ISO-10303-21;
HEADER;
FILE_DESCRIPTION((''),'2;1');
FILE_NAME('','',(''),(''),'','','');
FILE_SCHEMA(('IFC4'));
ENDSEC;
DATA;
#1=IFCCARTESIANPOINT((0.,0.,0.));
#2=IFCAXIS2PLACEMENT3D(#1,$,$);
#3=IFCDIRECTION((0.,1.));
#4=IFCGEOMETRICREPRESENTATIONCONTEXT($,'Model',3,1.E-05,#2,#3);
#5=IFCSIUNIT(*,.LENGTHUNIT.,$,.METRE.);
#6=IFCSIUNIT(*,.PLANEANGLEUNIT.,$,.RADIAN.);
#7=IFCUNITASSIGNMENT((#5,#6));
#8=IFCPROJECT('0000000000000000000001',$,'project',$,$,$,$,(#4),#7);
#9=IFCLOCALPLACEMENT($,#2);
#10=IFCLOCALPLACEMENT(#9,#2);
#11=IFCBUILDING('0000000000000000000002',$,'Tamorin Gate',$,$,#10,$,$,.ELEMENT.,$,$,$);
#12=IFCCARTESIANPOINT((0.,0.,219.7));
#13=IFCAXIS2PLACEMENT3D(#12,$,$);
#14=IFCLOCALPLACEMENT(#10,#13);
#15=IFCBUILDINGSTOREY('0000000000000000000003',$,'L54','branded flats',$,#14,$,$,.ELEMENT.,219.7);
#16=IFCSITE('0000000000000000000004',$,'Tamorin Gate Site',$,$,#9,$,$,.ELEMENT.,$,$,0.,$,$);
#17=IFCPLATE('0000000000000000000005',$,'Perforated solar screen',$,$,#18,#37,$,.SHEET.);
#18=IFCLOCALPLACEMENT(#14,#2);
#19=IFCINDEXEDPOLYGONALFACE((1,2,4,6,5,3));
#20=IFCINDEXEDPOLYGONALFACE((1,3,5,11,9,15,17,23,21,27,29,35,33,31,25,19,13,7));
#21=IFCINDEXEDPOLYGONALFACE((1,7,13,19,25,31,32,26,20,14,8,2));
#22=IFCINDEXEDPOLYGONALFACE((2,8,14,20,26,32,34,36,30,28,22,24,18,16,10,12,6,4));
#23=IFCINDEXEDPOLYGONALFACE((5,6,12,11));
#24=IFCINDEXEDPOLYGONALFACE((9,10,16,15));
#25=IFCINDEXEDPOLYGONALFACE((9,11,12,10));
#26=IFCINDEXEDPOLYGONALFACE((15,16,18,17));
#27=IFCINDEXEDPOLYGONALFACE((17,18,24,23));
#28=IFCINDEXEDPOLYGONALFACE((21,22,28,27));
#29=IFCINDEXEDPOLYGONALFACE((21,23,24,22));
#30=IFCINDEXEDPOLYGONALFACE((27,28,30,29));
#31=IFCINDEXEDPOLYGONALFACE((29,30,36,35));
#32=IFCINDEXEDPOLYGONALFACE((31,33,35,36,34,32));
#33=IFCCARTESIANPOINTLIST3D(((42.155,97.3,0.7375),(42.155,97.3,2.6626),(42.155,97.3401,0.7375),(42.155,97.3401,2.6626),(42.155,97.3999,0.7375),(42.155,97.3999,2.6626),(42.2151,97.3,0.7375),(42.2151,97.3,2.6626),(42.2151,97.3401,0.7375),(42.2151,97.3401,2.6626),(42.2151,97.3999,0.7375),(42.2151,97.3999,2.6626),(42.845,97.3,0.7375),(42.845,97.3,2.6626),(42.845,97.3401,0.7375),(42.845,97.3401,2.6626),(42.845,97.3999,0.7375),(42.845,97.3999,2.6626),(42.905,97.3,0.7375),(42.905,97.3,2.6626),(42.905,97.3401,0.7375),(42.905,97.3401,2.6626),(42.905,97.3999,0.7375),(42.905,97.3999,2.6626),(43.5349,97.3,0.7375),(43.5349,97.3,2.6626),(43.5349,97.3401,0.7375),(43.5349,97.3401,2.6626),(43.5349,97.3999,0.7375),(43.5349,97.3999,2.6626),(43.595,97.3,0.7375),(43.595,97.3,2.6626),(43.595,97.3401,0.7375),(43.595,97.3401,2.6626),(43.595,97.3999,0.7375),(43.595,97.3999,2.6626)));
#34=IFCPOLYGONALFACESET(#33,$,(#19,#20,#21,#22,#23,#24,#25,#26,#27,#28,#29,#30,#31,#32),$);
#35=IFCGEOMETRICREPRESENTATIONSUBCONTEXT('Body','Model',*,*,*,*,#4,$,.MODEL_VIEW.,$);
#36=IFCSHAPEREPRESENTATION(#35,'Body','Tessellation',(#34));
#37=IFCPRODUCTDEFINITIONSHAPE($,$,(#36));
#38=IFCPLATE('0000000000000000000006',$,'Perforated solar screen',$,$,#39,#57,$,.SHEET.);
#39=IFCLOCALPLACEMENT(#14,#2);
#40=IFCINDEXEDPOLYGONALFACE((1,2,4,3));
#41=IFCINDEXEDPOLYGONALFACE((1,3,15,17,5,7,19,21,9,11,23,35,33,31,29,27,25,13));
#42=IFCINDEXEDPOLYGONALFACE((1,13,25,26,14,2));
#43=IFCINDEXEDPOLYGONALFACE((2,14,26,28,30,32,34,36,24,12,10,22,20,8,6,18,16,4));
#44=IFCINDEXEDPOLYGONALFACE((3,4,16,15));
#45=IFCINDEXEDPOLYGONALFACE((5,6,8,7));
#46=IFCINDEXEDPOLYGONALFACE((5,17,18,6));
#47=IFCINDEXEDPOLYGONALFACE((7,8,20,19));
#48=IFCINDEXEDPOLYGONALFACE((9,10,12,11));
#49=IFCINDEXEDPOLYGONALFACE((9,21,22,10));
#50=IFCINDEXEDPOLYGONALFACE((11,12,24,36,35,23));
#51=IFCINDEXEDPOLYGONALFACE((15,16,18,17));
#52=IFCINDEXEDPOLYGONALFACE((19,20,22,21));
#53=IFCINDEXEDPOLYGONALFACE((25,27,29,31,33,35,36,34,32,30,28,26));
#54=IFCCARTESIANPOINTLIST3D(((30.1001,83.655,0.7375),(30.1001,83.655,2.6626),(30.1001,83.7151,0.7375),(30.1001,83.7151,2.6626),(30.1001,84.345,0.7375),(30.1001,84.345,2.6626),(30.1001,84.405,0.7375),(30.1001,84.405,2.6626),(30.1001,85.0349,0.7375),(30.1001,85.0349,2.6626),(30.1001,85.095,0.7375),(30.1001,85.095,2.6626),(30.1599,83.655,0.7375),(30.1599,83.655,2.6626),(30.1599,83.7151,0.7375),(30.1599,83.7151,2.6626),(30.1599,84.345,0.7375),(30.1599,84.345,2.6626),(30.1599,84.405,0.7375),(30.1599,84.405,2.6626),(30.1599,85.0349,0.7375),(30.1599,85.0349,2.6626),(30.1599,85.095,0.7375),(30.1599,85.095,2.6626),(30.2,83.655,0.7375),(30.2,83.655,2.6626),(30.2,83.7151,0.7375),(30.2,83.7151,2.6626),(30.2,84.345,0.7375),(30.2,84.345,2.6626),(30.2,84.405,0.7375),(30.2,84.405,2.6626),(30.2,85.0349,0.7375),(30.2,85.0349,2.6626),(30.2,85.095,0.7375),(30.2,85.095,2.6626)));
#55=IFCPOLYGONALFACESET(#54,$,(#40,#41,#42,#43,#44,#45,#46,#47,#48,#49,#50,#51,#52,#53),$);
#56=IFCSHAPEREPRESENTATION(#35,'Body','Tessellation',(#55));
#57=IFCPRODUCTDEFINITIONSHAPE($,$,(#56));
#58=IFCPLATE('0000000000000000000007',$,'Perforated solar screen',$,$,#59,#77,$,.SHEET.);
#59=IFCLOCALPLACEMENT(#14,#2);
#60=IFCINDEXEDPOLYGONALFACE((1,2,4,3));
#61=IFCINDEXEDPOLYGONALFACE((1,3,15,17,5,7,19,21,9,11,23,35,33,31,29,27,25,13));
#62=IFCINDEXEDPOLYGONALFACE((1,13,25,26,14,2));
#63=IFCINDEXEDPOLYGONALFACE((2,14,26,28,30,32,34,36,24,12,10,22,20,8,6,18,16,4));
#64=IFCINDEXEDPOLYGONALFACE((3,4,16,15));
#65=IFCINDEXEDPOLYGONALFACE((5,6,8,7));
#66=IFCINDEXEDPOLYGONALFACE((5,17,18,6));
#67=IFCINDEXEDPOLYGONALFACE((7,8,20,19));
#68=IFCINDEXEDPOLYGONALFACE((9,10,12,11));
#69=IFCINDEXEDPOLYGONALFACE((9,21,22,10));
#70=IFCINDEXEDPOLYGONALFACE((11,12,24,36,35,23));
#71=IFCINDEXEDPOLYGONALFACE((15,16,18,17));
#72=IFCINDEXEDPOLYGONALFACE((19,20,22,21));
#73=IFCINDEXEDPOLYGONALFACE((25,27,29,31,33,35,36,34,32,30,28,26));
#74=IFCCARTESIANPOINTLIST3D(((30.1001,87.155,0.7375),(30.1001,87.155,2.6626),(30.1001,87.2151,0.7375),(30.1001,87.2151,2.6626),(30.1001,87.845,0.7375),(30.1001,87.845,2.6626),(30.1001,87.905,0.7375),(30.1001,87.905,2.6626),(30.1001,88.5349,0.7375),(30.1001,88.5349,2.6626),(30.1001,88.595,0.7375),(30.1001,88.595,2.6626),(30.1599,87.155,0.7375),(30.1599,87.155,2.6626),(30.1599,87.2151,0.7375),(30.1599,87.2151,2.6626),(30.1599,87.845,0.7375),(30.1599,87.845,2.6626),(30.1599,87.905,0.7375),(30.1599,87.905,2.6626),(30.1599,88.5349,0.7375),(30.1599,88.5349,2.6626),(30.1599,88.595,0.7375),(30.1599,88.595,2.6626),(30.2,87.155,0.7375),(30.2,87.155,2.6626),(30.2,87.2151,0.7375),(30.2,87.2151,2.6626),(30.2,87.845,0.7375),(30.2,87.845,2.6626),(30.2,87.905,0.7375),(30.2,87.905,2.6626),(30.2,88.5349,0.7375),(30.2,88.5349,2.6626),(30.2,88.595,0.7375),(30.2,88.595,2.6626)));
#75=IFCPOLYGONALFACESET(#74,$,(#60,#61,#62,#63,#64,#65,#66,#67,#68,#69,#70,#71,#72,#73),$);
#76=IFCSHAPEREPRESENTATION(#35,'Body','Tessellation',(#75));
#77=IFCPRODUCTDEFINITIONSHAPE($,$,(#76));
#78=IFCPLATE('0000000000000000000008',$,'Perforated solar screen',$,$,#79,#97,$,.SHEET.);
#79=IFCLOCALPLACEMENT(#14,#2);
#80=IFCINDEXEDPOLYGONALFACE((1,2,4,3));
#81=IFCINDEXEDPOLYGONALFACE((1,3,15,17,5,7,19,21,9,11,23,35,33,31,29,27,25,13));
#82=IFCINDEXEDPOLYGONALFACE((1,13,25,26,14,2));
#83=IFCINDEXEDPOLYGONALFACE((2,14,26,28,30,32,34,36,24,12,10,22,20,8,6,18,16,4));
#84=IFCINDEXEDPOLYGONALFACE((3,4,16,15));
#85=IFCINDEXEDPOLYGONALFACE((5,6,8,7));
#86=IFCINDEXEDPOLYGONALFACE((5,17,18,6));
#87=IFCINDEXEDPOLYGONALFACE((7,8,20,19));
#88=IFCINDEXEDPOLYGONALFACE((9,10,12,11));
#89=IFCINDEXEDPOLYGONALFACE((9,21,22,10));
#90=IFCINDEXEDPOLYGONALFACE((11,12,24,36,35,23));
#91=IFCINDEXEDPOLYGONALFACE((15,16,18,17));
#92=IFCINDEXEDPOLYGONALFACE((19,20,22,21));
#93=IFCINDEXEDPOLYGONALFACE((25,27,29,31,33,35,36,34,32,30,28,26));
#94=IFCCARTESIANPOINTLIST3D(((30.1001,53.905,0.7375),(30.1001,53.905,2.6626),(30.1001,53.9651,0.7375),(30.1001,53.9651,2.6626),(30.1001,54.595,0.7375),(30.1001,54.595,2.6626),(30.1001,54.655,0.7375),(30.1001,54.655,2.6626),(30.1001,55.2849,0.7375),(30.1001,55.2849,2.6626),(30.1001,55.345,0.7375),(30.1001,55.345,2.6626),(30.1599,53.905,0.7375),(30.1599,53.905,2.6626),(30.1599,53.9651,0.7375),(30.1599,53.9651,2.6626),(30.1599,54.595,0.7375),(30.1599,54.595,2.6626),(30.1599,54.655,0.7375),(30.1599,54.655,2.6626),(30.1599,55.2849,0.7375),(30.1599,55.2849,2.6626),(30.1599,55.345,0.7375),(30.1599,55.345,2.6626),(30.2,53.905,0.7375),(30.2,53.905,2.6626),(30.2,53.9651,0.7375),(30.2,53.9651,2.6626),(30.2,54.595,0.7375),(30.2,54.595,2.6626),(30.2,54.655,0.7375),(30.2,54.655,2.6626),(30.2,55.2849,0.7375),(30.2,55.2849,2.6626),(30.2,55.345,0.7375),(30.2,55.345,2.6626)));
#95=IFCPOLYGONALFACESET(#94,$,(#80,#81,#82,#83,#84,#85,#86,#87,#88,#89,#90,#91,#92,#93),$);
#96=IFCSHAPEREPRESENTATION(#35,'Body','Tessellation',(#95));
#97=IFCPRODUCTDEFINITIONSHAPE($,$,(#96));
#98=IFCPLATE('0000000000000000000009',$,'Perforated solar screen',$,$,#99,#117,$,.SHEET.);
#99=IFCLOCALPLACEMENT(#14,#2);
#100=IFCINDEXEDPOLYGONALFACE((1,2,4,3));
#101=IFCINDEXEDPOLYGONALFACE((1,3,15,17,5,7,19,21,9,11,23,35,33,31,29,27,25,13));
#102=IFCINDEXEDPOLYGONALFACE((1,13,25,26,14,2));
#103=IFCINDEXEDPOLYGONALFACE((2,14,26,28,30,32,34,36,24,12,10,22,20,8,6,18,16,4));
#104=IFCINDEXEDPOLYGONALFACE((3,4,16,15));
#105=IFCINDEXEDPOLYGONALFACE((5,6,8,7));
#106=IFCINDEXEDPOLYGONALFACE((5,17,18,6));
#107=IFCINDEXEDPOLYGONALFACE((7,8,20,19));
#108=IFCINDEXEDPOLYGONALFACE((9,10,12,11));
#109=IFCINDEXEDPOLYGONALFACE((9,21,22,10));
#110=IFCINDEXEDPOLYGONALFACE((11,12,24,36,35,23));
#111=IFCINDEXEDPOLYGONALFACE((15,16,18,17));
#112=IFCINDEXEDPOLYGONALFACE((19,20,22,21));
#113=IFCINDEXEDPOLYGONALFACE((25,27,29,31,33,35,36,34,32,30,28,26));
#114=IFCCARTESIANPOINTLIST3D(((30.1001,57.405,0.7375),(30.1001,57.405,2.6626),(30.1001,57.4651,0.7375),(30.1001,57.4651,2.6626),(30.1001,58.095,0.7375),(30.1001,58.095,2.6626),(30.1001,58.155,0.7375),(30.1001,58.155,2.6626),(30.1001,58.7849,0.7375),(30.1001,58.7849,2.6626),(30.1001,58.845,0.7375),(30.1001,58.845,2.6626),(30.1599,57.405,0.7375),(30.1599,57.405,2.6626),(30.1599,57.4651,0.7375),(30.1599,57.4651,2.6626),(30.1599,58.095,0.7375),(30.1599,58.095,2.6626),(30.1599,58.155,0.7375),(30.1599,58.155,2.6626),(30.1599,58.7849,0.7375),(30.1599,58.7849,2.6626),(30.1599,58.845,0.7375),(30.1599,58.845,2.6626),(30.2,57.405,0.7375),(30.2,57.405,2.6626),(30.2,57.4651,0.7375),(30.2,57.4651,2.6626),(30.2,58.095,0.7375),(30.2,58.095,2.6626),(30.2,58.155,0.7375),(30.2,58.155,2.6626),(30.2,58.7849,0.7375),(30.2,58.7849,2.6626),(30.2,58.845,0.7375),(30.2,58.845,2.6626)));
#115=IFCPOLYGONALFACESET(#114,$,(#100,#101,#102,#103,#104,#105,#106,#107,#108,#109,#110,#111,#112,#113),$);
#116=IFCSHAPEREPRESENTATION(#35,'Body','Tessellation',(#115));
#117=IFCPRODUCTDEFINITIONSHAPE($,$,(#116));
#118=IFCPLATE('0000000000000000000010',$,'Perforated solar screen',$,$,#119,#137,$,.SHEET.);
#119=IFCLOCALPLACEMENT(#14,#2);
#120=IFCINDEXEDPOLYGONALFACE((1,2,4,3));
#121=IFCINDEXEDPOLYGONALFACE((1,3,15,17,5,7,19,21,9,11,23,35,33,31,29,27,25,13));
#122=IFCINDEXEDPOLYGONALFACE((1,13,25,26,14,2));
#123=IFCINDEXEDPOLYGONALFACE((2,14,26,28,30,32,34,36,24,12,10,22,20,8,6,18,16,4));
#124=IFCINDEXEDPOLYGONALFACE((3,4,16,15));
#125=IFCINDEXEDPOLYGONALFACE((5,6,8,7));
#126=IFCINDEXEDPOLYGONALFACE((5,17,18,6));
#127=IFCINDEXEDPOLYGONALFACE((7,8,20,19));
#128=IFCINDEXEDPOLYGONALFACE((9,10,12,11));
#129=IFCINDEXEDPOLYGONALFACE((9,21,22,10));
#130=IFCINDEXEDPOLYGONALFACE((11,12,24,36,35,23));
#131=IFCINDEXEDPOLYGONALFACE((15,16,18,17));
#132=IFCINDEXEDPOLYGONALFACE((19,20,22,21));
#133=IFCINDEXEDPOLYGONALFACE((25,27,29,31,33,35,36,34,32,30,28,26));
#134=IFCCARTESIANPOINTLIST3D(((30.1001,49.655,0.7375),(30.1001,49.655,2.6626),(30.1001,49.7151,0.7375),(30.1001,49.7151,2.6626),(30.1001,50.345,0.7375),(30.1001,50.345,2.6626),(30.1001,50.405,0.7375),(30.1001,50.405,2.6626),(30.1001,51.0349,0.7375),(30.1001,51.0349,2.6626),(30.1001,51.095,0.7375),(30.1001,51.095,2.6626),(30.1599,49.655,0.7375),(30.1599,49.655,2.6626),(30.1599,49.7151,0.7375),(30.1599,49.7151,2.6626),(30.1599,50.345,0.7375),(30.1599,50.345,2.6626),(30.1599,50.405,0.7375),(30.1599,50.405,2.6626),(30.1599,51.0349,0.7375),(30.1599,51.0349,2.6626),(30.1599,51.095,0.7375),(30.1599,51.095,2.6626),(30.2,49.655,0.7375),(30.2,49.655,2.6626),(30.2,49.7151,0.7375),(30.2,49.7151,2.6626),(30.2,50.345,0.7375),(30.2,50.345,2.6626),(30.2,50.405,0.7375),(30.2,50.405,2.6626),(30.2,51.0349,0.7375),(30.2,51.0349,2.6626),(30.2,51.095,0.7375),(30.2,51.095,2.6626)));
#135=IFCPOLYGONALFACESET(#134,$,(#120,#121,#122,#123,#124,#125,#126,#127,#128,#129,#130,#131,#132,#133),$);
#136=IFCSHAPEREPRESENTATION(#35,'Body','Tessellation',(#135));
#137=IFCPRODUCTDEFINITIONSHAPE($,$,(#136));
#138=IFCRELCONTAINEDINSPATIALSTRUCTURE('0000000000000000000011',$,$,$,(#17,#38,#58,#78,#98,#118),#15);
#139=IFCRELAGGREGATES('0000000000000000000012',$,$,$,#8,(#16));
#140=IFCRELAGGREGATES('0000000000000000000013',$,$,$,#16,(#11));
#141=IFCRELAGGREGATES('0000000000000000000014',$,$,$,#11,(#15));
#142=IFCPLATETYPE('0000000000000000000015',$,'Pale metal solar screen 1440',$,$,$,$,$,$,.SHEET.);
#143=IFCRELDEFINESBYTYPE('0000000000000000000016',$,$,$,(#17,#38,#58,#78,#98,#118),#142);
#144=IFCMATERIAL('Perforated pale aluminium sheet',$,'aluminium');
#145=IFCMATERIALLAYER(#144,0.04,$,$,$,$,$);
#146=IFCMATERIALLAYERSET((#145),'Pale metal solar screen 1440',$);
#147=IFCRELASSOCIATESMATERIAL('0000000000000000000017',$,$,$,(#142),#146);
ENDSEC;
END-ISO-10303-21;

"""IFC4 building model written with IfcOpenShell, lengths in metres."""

from ifc_helpers import new_model, si_unit, direction, frame, origin, place, context, subcontext, project, spatial, polyline, outline, extrude, material, layer, layer_set, type_object, element, save


model = new_model("IFC4")

# Units and contexts
model_context = context("Model", 3, precision=1e-05, world=origin(), true_north=direction((0.0, 1.0)))
body_context = subcontext(model_context, "Body", "Model", "MODEL_VIEW")
ifc_project = project(units=[si_unit("LENGTHUNIT", "METRE"), si_unit("PLANEANGLEUNIT", "RADIAN")], contexts=[model_context])

# Site, building, storey
site_placement = place(None, origin())
site = spatial("IfcSite", under=ifc_project, at=site_placement, Name="Tamorin Gate Site", CompositionType="ELEMENT", RefElevation=0.0)
building_placement = place(site_placement, origin())
building = spatial("IfcBuilding", under=site, at=building_placement, Name="Tamorin Gate", CompositionType="ELEMENT")
storey_placement = place(building_placement, frame((0.0, 0.0, 219.7)))
storey = spatial("IfcBuildingStorey", under=building, at=storey_placement, Name="L54", Description="branded flats", CompositionType="ELEMENT", Elevation=219.7)

# Plates
ifc_material_1 = material(Name="Perforated pale aluminium sheet", Category="aluminium")
ifc_layer_1 = layer(ifc_material_1, 0.04)
ifc_layer_set_1 = layer_set([ifc_layer_1], Name="Pale metal solar screen 1440")
plate_type = type_object("IfcPlateType", Name="Pale metal solar screen 1440", PredefinedType="SHEET", material=ifc_layer_set_1)
plate_1_placement = place(storey_placement, frame((0.0, 0.0, 0.7375)))
element("IfcPlate", 1, at=plate_1_placement, inside=storey, type_object=plate_type, Name="Perforated solar screen", PredefinedType="SHEET", context=body_context, shape_type="SweptSolid", body=[
    extrude(outline(polyline([(43.595, 97.3401), (43.595, 97.3), (43.5349, 97.3), (42.905, 97.3), (42.845, 97.3), (42.2151, 97.3), (42.155, 97.3), (42.155, 97.3401), (42.155, 97.3999), (42.2151, 97.3999), (42.2151, 97.3401), (42.845, 97.3401), (42.845, 97.3999), (42.905, 97.3999), (42.905, 97.3401), (43.5349, 97.3401), (43.5349, 97.3999), (43.595, 97.3999), (43.595, 97.3401)])), origin(), (0.0, 0.0, 1.0), 1.925),
])
plate_2_placement = place(storey_placement, frame((0.0, 0.0, 0.7375)))
element("IfcPlate", 2, at=plate_2_placement, inside=storey, type_object=plate_type, Name="Perforated solar screen", PredefinedType="SHEET", context=body_context, shape_type="SweptSolid", body=[
    extrude(outline(polyline([(30.1599, 85.095), (30.2, 85.095), (30.2, 85.0349), (30.2, 84.405), (30.2, 84.345), (30.2, 83.7151), (30.2, 83.655), (30.1599, 83.655), (30.1001, 83.655), (30.1001, 83.7151), (30.1599, 83.7151), (30.1599, 84.345), (30.1001, 84.345), (30.1001, 84.405), (30.1599, 84.405), (30.1599, 85.0349), (30.1001, 85.0349), (30.1001, 85.095), (30.1599, 85.095)])), origin(), (0.0, 0.0, 1.0), 1.925),
])
plate_3_placement = place(storey_placement, frame((0.0, 0.0, 0.7375)))
element("IfcPlate", 3, at=plate_3_placement, inside=storey, type_object=plate_type, Name="Perforated solar screen", PredefinedType="SHEET", context=body_context, shape_type="SweptSolid", body=[
    extrude(outline(polyline([(30.1599, 88.595), (30.2, 88.595), (30.2, 88.5349), (30.2, 87.905), (30.2, 87.845), (30.2, 87.2151), (30.2, 87.155), (30.2, 87.155), (30.1599, 87.155), (30.1599, 87.155), (30.1001, 87.155), (30.1001, 87.2151), (30.1599, 87.2151), (30.1599, 87.845), (30.1001, 87.845), (30.1001, 87.905), (30.1599, 87.905), (30.1599, 88.5349), (30.1001, 88.5349), (30.1001, 88.595), (30.1599, 88.595)])), origin(), (0.0, 0.0, 1.0), 1.925),
])
plate_4_placement = place(storey_placement, frame((0.0, 0.0, 0.7375)))
element("IfcPlate", 4, at=plate_4_placement, inside=storey, type_object=plate_type, Name="Perforated solar screen", PredefinedType="SHEET", context=body_context, shape_type="SweptSolid", body=[
    extrude(outline(polyline([(30.1599, 55.345), (30.2, 55.345), (30.2, 55.2849), (30.2, 54.655), (30.2, 54.595), (30.2, 53.9651), (30.2, 53.905), (30.1599, 53.905), (30.1001, 53.905), (30.1001, 53.9651), (30.1599, 53.9651), (30.1599, 54.595), (30.1001, 54.595), (30.1001, 54.655), (30.1599, 54.655), (30.1599, 55.2849), (30.1001, 55.2849), (30.1001, 55.345), (30.1599, 55.345)])), origin(), (0.0, 0.0, 1.0), 1.925),
])
plate_5_placement = place(storey_placement, frame((0.0, 0.0, 0.7375)))
element("IfcPlate", 5, at=plate_5_placement, inside=storey, type_object=plate_type, Name="Perforated solar screen", PredefinedType="SHEET", context=body_context, shape_type="SweptSolid", body=[
    extrude(outline(polyline([(30.1599, 58.845), (30.2, 58.845), (30.2, 58.7849), (30.2, 58.155), (30.2, 58.095), (30.2, 57.4651), (30.2, 57.405), (30.1599, 57.405), (30.1001, 57.405), (30.1001, 57.4651), (30.1599, 57.4651), (30.1599, 58.095), (30.1001, 58.095), (30.1001, 58.155), (30.1599, 58.155), (30.1599, 58.7849), (30.1001, 58.7849), (30.1001, 58.845), (30.1599, 58.845)])), origin(), (0.0, 0.0, 1.0), 1.925),
])
plate_6_placement = place(storey_placement, frame((0.0, 0.0, 0.7375)))
element("IfcPlate", 6, at=plate_6_placement, inside=storey, type_object=plate_type, Name="Perforated solar screen", PredefinedType="SHEET", context=body_context, shape_type="SweptSolid", body=[
    extrude(outline(polyline([(30.1599, 51.095), (30.2, 51.095), (30.2, 51.0349), (30.2, 50.405), (30.2, 50.345), (30.2, 49.7151), (30.2, 49.655), (30.1599, 49.655), (30.1001, 49.655), (30.1001, 49.7151), (30.1599, 49.7151), (30.1599, 50.345), (30.1001, 50.345), (30.1001, 50.405), (30.1599, 50.405), (30.1599, 51.0349), (30.1001, 51.0349), (30.1001, 51.095), (30.1599, 51.095)])), origin(), (0.0, 0.0, 1.0), 1.925),
])

save(model, "model.ifc")
